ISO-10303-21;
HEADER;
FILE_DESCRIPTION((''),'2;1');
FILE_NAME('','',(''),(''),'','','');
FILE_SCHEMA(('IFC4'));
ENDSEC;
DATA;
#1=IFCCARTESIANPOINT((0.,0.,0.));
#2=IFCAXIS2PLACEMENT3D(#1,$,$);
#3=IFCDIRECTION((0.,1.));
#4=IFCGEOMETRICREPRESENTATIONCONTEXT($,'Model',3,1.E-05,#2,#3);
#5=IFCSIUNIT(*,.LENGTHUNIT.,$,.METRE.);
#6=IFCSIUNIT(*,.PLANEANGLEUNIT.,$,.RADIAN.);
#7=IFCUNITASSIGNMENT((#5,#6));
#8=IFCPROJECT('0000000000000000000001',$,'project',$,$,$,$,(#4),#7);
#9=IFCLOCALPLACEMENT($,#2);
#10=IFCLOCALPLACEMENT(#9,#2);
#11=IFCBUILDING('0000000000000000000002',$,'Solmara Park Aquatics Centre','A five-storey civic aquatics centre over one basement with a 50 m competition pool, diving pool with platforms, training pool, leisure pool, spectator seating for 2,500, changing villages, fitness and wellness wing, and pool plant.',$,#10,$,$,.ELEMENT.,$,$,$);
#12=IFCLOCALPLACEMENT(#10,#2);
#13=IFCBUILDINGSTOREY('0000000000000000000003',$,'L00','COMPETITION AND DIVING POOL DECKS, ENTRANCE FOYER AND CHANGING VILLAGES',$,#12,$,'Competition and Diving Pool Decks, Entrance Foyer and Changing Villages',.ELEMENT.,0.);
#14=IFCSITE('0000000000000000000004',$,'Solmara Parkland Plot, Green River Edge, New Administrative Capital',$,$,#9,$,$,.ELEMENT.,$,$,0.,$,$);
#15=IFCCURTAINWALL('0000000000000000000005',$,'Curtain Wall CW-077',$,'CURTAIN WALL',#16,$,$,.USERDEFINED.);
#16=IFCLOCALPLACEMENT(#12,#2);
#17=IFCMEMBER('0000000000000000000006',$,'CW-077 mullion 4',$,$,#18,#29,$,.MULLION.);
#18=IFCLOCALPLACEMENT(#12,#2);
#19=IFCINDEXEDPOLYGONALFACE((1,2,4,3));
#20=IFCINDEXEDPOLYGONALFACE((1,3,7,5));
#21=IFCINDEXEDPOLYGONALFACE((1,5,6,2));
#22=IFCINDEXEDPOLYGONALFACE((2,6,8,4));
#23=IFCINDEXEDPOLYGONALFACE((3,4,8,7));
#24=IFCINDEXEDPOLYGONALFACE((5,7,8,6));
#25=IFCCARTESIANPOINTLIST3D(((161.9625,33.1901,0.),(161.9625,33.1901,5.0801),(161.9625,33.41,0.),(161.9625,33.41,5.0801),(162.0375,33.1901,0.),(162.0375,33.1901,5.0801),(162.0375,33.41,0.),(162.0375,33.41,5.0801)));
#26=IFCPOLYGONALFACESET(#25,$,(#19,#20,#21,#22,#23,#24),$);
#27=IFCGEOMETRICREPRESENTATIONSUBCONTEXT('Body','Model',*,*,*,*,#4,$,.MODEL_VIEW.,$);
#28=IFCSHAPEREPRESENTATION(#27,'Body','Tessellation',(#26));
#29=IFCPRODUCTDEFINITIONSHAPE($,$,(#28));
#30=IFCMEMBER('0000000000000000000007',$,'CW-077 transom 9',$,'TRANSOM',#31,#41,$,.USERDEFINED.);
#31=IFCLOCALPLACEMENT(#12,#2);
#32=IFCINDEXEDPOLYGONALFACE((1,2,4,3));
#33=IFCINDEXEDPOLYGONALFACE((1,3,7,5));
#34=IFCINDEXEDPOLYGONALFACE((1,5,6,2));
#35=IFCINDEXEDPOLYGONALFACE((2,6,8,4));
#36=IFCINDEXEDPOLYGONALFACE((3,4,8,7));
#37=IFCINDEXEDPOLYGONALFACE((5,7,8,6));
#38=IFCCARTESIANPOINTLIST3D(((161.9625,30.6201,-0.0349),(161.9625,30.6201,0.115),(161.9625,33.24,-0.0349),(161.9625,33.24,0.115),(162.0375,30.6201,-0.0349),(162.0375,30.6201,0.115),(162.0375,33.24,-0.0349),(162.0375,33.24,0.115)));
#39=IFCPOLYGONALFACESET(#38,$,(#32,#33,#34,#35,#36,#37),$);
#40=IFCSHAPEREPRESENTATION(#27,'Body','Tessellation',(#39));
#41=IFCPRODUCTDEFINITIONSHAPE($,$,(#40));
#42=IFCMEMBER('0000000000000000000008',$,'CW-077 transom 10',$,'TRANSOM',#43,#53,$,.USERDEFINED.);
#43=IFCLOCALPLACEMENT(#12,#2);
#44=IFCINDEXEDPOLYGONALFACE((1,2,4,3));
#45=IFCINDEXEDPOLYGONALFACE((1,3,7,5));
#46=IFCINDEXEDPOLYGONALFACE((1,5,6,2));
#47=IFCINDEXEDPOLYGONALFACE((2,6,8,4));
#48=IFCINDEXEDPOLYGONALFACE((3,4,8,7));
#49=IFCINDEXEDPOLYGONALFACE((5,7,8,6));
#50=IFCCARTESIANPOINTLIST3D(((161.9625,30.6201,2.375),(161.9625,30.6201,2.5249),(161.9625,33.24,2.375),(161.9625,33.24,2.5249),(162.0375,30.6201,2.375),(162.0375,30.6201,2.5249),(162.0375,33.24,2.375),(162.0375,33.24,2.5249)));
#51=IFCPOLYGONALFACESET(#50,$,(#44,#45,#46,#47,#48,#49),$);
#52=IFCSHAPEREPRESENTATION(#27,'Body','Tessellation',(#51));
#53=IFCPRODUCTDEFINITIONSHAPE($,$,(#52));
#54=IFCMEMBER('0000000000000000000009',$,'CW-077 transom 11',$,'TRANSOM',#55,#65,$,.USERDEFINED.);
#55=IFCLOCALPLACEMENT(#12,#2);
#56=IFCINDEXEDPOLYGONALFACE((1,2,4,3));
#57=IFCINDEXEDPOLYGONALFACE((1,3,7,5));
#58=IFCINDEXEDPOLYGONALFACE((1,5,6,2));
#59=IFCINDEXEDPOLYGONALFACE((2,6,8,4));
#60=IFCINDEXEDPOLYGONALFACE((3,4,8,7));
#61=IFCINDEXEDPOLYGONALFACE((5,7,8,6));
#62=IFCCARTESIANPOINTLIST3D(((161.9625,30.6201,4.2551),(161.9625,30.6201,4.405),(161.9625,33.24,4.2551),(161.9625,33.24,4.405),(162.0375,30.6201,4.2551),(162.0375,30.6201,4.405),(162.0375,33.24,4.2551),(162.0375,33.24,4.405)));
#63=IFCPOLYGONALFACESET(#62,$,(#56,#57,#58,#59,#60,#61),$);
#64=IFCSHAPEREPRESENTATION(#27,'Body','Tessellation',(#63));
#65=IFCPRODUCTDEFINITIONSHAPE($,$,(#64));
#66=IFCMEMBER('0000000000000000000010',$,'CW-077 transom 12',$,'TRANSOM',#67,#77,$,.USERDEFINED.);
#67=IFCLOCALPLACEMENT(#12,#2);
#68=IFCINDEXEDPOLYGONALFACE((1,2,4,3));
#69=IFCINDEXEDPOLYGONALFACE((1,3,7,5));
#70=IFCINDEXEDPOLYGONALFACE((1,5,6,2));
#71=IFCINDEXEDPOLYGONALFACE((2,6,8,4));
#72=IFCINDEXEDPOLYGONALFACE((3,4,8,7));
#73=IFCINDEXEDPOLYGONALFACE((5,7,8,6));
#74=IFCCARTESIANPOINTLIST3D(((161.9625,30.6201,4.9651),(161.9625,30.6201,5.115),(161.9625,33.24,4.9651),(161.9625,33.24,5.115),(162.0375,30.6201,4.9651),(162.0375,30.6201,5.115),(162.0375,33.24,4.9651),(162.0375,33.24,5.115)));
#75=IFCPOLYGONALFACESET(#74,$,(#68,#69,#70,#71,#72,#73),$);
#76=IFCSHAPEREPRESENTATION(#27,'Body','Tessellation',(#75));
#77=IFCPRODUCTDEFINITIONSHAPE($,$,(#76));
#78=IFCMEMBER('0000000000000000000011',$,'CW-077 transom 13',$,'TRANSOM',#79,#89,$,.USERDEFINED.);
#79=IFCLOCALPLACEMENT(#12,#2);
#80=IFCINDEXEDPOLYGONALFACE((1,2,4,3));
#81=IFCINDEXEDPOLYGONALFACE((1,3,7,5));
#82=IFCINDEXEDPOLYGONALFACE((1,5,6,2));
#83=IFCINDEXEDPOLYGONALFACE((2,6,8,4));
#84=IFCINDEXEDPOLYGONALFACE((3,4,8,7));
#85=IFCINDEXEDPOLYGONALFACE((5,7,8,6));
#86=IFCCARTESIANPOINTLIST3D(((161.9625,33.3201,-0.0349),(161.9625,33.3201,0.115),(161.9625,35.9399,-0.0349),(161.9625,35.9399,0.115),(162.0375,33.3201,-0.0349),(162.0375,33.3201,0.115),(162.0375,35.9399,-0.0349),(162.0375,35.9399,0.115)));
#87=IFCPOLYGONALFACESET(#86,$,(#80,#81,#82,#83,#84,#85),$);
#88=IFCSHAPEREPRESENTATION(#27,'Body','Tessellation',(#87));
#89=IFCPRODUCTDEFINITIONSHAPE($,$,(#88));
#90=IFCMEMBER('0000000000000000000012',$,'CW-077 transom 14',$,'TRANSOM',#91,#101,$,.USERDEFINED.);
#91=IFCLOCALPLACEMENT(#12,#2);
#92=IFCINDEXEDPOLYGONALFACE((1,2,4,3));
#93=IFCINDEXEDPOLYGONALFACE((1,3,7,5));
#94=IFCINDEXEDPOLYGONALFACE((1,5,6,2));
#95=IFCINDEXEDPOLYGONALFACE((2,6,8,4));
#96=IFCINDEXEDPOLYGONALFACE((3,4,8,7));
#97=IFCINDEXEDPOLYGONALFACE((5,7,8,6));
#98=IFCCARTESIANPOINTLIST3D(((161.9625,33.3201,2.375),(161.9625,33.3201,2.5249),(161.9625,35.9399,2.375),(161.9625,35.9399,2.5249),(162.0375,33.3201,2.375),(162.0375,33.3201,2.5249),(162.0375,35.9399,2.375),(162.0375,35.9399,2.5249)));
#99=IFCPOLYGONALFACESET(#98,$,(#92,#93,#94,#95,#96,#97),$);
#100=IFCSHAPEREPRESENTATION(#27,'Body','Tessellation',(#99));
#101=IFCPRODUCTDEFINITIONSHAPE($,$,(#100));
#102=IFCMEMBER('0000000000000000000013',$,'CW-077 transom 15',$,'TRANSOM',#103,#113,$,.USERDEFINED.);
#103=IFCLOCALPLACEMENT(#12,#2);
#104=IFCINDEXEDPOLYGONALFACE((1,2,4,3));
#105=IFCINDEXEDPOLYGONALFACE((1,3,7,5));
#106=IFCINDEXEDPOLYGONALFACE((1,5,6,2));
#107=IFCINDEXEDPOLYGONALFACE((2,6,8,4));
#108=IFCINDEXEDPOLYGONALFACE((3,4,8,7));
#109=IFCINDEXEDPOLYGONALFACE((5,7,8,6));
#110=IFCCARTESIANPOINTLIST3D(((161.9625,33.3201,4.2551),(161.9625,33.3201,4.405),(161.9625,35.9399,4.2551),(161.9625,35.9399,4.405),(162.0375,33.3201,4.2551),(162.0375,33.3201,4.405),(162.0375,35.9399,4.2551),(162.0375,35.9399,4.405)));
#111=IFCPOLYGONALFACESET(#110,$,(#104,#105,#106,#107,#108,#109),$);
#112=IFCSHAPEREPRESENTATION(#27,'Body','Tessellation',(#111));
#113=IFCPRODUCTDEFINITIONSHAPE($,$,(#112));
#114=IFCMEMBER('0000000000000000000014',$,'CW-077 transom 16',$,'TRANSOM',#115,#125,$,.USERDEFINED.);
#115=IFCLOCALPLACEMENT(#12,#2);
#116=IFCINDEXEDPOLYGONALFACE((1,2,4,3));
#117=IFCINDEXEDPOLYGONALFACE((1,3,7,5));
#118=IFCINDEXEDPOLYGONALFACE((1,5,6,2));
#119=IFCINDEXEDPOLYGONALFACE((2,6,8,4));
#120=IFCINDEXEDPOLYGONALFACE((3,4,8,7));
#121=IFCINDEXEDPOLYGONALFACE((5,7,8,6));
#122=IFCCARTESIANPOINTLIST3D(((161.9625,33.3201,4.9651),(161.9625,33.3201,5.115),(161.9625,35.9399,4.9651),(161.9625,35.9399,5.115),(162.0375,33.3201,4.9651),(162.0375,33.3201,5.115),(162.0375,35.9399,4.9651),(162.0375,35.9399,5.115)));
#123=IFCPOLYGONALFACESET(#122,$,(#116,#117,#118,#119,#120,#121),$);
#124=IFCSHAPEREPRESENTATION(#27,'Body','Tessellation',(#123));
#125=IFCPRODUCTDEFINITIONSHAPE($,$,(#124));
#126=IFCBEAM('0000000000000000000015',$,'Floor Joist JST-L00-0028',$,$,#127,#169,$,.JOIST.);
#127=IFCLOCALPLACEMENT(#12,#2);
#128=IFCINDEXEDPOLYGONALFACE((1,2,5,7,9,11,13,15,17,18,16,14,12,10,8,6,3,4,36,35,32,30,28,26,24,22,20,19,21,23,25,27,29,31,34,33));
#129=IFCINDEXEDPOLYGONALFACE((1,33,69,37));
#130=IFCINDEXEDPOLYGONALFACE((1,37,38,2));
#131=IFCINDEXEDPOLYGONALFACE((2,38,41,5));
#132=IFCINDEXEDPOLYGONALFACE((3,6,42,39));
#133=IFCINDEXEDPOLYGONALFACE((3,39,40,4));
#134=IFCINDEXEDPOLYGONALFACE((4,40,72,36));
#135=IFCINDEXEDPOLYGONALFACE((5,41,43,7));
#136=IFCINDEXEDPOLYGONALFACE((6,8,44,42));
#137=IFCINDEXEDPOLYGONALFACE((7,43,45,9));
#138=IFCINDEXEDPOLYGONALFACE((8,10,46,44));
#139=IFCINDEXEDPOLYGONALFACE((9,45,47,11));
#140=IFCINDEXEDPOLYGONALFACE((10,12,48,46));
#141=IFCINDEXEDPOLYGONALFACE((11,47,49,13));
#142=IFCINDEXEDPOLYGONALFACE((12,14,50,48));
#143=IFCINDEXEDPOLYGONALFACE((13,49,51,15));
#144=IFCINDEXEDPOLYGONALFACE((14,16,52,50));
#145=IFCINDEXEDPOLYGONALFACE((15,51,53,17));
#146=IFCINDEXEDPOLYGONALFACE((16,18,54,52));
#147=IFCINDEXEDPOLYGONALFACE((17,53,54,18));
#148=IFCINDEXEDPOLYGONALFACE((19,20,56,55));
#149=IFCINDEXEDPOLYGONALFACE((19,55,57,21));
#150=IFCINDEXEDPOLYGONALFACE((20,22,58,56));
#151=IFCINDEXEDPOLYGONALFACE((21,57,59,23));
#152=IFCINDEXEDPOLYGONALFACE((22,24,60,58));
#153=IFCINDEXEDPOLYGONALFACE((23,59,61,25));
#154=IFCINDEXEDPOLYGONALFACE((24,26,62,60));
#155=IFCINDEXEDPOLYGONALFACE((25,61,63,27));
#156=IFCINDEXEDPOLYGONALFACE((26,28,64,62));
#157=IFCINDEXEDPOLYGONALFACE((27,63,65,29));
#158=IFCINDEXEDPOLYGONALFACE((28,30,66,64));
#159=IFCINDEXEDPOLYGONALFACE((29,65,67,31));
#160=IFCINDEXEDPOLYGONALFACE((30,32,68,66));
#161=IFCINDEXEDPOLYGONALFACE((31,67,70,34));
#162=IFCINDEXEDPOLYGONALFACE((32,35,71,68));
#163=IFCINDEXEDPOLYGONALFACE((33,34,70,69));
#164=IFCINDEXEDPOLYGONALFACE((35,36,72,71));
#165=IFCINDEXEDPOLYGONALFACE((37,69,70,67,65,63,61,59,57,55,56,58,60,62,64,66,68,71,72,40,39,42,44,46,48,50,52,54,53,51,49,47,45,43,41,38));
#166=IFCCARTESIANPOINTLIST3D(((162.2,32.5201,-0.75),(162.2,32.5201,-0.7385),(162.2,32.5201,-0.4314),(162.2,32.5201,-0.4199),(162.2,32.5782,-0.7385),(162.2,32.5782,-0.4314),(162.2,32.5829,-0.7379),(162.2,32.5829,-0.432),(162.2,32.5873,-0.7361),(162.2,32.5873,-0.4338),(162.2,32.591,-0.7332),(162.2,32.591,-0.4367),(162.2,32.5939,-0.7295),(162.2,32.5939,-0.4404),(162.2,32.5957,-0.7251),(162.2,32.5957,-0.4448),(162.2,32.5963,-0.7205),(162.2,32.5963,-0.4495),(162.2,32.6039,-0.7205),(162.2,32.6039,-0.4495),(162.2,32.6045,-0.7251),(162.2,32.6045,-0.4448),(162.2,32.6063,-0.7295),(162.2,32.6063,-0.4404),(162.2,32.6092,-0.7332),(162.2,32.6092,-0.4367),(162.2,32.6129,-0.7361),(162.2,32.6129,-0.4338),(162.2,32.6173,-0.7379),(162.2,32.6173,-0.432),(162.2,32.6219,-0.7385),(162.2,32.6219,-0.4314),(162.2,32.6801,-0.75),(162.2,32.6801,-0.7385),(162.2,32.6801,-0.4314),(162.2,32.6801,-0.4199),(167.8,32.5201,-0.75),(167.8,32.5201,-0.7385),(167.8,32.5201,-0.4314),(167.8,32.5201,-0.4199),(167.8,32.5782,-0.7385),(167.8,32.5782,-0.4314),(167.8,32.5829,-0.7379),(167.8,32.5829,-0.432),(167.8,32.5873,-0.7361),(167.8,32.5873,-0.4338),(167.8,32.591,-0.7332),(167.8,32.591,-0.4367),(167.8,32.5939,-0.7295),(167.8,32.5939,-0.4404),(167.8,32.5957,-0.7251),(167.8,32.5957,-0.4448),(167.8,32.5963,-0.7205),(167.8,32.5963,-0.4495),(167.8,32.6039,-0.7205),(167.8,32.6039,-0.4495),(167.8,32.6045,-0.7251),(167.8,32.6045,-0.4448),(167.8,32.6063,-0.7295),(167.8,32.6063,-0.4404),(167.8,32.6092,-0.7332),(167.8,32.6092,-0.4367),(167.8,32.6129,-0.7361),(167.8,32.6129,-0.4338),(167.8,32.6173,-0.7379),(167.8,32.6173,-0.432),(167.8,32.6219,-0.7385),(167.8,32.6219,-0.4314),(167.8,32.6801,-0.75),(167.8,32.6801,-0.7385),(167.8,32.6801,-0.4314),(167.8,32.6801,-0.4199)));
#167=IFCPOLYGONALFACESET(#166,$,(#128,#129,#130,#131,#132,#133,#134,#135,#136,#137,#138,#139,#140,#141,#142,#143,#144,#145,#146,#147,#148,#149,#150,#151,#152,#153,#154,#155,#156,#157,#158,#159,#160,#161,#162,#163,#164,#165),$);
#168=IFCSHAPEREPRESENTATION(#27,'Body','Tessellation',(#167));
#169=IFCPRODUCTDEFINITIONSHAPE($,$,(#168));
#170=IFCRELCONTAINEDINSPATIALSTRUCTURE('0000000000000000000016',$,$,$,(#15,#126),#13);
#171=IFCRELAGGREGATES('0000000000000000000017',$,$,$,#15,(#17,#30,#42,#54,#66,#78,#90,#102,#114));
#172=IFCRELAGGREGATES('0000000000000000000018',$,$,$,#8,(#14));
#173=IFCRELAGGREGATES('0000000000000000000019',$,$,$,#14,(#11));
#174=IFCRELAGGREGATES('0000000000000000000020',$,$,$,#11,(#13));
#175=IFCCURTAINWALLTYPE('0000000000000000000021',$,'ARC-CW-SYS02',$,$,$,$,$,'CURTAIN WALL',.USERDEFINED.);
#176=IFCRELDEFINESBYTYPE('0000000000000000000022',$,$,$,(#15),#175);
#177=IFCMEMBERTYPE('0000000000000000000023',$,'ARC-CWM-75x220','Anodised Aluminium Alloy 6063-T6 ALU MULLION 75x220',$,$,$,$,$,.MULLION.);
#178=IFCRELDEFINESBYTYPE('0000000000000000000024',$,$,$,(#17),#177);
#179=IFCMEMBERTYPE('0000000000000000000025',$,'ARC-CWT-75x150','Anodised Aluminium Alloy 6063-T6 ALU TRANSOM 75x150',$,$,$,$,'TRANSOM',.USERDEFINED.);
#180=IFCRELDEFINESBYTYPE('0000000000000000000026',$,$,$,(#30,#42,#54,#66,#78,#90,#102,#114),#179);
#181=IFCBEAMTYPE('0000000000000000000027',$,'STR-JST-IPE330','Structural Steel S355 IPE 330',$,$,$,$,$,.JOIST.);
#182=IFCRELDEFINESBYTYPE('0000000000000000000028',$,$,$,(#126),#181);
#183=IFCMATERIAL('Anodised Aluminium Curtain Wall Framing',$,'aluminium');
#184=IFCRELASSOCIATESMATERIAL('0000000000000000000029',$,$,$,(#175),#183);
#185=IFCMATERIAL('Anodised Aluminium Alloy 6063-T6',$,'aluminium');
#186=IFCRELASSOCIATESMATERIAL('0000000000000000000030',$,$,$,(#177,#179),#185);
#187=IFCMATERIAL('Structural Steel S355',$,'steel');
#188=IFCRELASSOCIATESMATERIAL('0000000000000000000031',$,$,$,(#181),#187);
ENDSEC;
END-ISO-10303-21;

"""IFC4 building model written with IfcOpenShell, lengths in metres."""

from ifc_helpers import new_model, si_unit, direction, frame, origin, origin_2d, place, context, subcontext, project, spatial, rectangle, i_section, extrude, material, material_profile, profile_set, type_object, element, aggregate, save


model = new_model("IFC4")

# Units and contexts
model_context = context("Model", 3, precision=1e-05, world=origin(), true_north=direction((0.0, 1.0)))
body_context = subcontext(model_context, "Body", "Model", "MODEL_VIEW")
ifc_project = project(units=[si_unit("LENGTHUNIT", "METRE"), si_unit("PLANEANGLEUNIT", "RADIAN")], contexts=[model_context])

# Site, building, storey
site_placement = place(None, origin())
site = spatial("IfcSite", under=ifc_project, at=site_placement, Name="Solmara Parkland Plot, Green River Edge, New Administrative Capital", CompositionType="ELEMENT", RefElevation=0.0)
building_placement = place(site_placement, origin())
building = spatial("IfcBuilding", under=site, at=building_placement, Name="Solmara Park Aquatics Centre", Description="A five-storey civic aquatics centre over one basement with a 50 m competition pool, diving pool with platforms, training pool, leisure pool, spectator seating for 2,500, changing villages, fitness and wellness wing, and pool plant.", CompositionType="ELEMENT")
storey_placement = place(building_placement, origin())
storey = spatial("IfcBuildingStorey", under=building, at=storey_placement, Name="L00", Description="COMPETITION AND DIVING POOL DECKS, ENTRANCE FOYER AND CHANGING VILLAGES", LongName="Competition and Diving Pool Decks, Entrance Foyer and Changing Villages", CompositionType="ELEMENT", Elevation=0.0)

# Curtain wall, members
ifc_material_1 = material(Name="Anodised Aluminium Curtain Wall Framing", Category="aluminium")
curtain_wall_type = type_object("IfcCurtainWallType", Name="ARC-CW-SYS02", ElementType="CURTAIN WALL", PredefinedType="USERDEFINED", material=ifc_material_1)
curtain_wall_placement = place(storey_placement, origin())
curtain_wall = element("IfcCurtainWall", 1, at=curtain_wall_placement, inside=storey, type_object=curtain_wall_type, Name="Curtain Wall CW-077", ObjectType="CURTAIN WALL", PredefinedType="USERDEFINED")
ifc_material_2 = material(Name="Anodised Aluminium Alloy 6063-T6", Category="aluminium")
ifc_material_profile_1 = material_profile(ifc_material_2, rectangle(XDim=0.075, YDim=0.22, at=origin_2d()), Name="ALU MULLION 75x220")
ifc_profile_set_1 = profile_set([ifc_material_profile_1], Name="Anodised Aluminium Alloy 6063-T6")
member_type_1 = type_object("IfcMemberType", Name="ARC-CWM-75x220", Description="Anodised Aluminium Alloy 6063-T6 ALU MULLION 75x220", PredefinedType="MULLION", material=ifc_profile_set_1)
member_1_placement = place(storey_placement, frame((162.0, 33.3, 0.0), z_axis=(0.0, 0.0, 1.0), x_axis=(1.0, 0.0, 0.0)))
member_1 = element("IfcMember", 2, at=member_1_placement, type_object=member_type_1, Name="CW-077 mullion 4", PredefinedType="MULLION", context=body_context, shape_type="SweptSolid", body=[
    extrude(rectangle(XDim=0.075, YDim=0.22, at=origin_2d()), origin(), (0.0, 0.0, 1.0), 5.0801),
])
ifc_material_profile_2 = material_profile(ifc_material_2, rectangle(XDim=0.075, YDim=0.1499, at=origin_2d()), Name="ALU TRANSOM 75x150")
ifc_profile_set_2 = profile_set([ifc_material_profile_2], Name="Anodised Aluminium Alloy 6063-T6")
member_type_2 = type_object("IfcMemberType", Name="ARC-CWT-75x150", Description="Anodised Aluminium Alloy 6063-T6 ALU TRANSOM 75x150", ElementType="TRANSOM", PredefinedType="USERDEFINED", material=ifc_profile_set_2)
member_2_placement = place(storey_placement, frame((162.0, 30.6201, 0.04), z_axis=(0.0, 1.0, 0.0), x_axis=(-1.0, 0.0, 0.0)))
member_2 = element("IfcMember", 3, at=member_2_placement, type_object=member_type_2, Name="CW-077 transom 9", ObjectType="TRANSOM", PredefinedType="USERDEFINED", context=body_context, shape_type="SweptSolid", body=[
    extrude(rectangle(XDim=0.075, YDim=0.1499, at=origin_2d()), origin(), (0.0, 0.0, 1.0), 2.6199),
])
member_3_placement = place(storey_placement, frame((162.0, 30.6201, 2.45), z_axis=(0.0, 1.0, 0.0), x_axis=(-1.0, 0.0, 0.0)))
member_3 = element("IfcMember", 4, at=member_3_placement, type_object=member_type_2, Name="CW-077 transom 10", ObjectType="TRANSOM", PredefinedType="USERDEFINED", context=body_context, shape_type="SweptSolid", body=[
    extrude(rectangle(XDim=0.075, YDim=0.1499, at=origin_2d()), origin(), (0.0, 0.0, 1.0), 2.6199),
])
member_4_placement = place(storey_placement, frame((162.0, 30.6201, 4.3301), z_axis=(0.0, 1.0, 0.0), x_axis=(-1.0, 0.0, 0.0)))
member_4 = element("IfcMember", 5, at=member_4_placement, type_object=member_type_2, Name="CW-077 transom 11", ObjectType="TRANSOM", PredefinedType="USERDEFINED", context=body_context, shape_type="SweptSolid", body=[
    extrude(rectangle(XDim=0.075, YDim=0.1499, at=origin_2d()), origin(), (0.0, 0.0, 1.0), 2.6199),
])
member_5_placement = place(storey_placement, frame((162.0, 30.6201, 5.04), z_axis=(0.0, 1.0, 0.0), x_axis=(-1.0, 0.0, 0.0)))
member_5 = element("IfcMember", 6, at=member_5_placement, type_object=member_type_2, Name="CW-077 transom 12", ObjectType="TRANSOM", PredefinedType="USERDEFINED", context=body_context, shape_type="SweptSolid", body=[
    extrude(rectangle(XDim=0.075, YDim=0.1499, at=origin_2d()), origin(), (0.0, 0.0, 1.0), 2.6199),
])
member_6_placement = place(storey_placement, frame((162.0, 33.3201, 0.04), z_axis=(0.0, 1.0, 0.0), x_axis=(-1.0, 0.0, 0.0)))
member_6 = element("IfcMember", 7, at=member_6_placement, type_object=member_type_2, Name="CW-077 transom 13", ObjectType="TRANSOM", PredefinedType="USERDEFINED", context=body_context, shape_type="SweptSolid", body=[
    extrude(rectangle(XDim=0.075, YDim=0.1499, at=origin_2d()), origin(), (0.0, 0.0, 1.0), 2.6199),
])
member_7_placement = place(storey_placement, frame((162.0, 33.3201, 2.45), z_axis=(0.0, 1.0, 0.0), x_axis=(-1.0, 0.0, 0.0)))
member_7 = element("IfcMember", 8, at=member_7_placement, type_object=member_type_2, Name="CW-077 transom 14", ObjectType="TRANSOM", PredefinedType="USERDEFINED", context=body_context, shape_type="SweptSolid", body=[
    extrude(rectangle(XDim=0.075, YDim=0.1499, at=origin_2d()), origin(), (0.0, 0.0, 1.0), 2.6199),
])
member_8_placement = place(storey_placement, frame((162.0, 33.3201, 4.3301), z_axis=(0.0, 1.0, 0.0), x_axis=(-1.0, 0.0, 0.0)))
member_8 = element("IfcMember", 9, at=member_8_placement, type_object=member_type_2, Name="CW-077 transom 15", ObjectType="TRANSOM", PredefinedType="USERDEFINED", context=body_context, shape_type="SweptSolid", body=[
    extrude(rectangle(XDim=0.075, YDim=0.1499, at=origin_2d()), origin(), (0.0, 0.0, 1.0), 2.6199),
])
member_9_placement = place(storey_placement, frame((162.0, 33.3201, 5.04), z_axis=(0.0, 1.0, 0.0), x_axis=(-1.0, 0.0, 0.0)))
member_9 = element("IfcMember", 10, at=member_9_placement, type_object=member_type_2, Name="CW-077 transom 16", ObjectType="TRANSOM", PredefinedType="USERDEFINED", context=body_context, shape_type="SweptSolid", body=[
    extrude(rectangle(XDim=0.075, YDim=0.1499, at=origin_2d()), origin(), (0.0, 0.0, 1.0), 2.6199),
])

# Beam
ifc_material_3 = material(Name="Structural Steel S355", Category="steel")
ifc_material_profile_3 = material_profile(ifc_material_3, i_section(OverallWidth=0.1599, OverallDepth=0.3301, WebThickness=0.0076, FlangeThickness=0.0115, FilletRadius=0.0181, at=origin_2d()), Name="IPE 330")
ifc_profile_set_3 = profile_set([ifc_material_profile_3], Name="Structural Steel S355")
beam_type = type_object("IfcBeamType", Name="STR-JST-IPE330", Description="Structural Steel S355 IPE 330", PredefinedType="JOIST", material=ifc_profile_set_3)
beam_1_placement = place(storey_placement, frame((162.2, 32.6001, -0.585), z_axis=(1.0, 0.0, 0.0), x_axis=(0.0, 1.0, 0.0)))
element("IfcBeam", 11, at=beam_1_placement, inside=storey, type_object=beam_type, Name="Floor Joist JST-L00-0028", PredefinedType="JOIST", context=body_context, shape_type="SweptSolid", body=[
    extrude(i_section(OverallWidth=0.1599, OverallDepth=0.3301, WebThickness=0.0076, FlangeThickness=0.0115, FilletRadius=0.0181, at=origin_2d()), origin(), (0.0, 0.0, 1.0), 5.6001),
])

aggregate(curtain_wall, [member_1, member_2, member_3, member_4, member_5, member_6, member_7, member_8, member_9])

save(model, "model.ifc")
